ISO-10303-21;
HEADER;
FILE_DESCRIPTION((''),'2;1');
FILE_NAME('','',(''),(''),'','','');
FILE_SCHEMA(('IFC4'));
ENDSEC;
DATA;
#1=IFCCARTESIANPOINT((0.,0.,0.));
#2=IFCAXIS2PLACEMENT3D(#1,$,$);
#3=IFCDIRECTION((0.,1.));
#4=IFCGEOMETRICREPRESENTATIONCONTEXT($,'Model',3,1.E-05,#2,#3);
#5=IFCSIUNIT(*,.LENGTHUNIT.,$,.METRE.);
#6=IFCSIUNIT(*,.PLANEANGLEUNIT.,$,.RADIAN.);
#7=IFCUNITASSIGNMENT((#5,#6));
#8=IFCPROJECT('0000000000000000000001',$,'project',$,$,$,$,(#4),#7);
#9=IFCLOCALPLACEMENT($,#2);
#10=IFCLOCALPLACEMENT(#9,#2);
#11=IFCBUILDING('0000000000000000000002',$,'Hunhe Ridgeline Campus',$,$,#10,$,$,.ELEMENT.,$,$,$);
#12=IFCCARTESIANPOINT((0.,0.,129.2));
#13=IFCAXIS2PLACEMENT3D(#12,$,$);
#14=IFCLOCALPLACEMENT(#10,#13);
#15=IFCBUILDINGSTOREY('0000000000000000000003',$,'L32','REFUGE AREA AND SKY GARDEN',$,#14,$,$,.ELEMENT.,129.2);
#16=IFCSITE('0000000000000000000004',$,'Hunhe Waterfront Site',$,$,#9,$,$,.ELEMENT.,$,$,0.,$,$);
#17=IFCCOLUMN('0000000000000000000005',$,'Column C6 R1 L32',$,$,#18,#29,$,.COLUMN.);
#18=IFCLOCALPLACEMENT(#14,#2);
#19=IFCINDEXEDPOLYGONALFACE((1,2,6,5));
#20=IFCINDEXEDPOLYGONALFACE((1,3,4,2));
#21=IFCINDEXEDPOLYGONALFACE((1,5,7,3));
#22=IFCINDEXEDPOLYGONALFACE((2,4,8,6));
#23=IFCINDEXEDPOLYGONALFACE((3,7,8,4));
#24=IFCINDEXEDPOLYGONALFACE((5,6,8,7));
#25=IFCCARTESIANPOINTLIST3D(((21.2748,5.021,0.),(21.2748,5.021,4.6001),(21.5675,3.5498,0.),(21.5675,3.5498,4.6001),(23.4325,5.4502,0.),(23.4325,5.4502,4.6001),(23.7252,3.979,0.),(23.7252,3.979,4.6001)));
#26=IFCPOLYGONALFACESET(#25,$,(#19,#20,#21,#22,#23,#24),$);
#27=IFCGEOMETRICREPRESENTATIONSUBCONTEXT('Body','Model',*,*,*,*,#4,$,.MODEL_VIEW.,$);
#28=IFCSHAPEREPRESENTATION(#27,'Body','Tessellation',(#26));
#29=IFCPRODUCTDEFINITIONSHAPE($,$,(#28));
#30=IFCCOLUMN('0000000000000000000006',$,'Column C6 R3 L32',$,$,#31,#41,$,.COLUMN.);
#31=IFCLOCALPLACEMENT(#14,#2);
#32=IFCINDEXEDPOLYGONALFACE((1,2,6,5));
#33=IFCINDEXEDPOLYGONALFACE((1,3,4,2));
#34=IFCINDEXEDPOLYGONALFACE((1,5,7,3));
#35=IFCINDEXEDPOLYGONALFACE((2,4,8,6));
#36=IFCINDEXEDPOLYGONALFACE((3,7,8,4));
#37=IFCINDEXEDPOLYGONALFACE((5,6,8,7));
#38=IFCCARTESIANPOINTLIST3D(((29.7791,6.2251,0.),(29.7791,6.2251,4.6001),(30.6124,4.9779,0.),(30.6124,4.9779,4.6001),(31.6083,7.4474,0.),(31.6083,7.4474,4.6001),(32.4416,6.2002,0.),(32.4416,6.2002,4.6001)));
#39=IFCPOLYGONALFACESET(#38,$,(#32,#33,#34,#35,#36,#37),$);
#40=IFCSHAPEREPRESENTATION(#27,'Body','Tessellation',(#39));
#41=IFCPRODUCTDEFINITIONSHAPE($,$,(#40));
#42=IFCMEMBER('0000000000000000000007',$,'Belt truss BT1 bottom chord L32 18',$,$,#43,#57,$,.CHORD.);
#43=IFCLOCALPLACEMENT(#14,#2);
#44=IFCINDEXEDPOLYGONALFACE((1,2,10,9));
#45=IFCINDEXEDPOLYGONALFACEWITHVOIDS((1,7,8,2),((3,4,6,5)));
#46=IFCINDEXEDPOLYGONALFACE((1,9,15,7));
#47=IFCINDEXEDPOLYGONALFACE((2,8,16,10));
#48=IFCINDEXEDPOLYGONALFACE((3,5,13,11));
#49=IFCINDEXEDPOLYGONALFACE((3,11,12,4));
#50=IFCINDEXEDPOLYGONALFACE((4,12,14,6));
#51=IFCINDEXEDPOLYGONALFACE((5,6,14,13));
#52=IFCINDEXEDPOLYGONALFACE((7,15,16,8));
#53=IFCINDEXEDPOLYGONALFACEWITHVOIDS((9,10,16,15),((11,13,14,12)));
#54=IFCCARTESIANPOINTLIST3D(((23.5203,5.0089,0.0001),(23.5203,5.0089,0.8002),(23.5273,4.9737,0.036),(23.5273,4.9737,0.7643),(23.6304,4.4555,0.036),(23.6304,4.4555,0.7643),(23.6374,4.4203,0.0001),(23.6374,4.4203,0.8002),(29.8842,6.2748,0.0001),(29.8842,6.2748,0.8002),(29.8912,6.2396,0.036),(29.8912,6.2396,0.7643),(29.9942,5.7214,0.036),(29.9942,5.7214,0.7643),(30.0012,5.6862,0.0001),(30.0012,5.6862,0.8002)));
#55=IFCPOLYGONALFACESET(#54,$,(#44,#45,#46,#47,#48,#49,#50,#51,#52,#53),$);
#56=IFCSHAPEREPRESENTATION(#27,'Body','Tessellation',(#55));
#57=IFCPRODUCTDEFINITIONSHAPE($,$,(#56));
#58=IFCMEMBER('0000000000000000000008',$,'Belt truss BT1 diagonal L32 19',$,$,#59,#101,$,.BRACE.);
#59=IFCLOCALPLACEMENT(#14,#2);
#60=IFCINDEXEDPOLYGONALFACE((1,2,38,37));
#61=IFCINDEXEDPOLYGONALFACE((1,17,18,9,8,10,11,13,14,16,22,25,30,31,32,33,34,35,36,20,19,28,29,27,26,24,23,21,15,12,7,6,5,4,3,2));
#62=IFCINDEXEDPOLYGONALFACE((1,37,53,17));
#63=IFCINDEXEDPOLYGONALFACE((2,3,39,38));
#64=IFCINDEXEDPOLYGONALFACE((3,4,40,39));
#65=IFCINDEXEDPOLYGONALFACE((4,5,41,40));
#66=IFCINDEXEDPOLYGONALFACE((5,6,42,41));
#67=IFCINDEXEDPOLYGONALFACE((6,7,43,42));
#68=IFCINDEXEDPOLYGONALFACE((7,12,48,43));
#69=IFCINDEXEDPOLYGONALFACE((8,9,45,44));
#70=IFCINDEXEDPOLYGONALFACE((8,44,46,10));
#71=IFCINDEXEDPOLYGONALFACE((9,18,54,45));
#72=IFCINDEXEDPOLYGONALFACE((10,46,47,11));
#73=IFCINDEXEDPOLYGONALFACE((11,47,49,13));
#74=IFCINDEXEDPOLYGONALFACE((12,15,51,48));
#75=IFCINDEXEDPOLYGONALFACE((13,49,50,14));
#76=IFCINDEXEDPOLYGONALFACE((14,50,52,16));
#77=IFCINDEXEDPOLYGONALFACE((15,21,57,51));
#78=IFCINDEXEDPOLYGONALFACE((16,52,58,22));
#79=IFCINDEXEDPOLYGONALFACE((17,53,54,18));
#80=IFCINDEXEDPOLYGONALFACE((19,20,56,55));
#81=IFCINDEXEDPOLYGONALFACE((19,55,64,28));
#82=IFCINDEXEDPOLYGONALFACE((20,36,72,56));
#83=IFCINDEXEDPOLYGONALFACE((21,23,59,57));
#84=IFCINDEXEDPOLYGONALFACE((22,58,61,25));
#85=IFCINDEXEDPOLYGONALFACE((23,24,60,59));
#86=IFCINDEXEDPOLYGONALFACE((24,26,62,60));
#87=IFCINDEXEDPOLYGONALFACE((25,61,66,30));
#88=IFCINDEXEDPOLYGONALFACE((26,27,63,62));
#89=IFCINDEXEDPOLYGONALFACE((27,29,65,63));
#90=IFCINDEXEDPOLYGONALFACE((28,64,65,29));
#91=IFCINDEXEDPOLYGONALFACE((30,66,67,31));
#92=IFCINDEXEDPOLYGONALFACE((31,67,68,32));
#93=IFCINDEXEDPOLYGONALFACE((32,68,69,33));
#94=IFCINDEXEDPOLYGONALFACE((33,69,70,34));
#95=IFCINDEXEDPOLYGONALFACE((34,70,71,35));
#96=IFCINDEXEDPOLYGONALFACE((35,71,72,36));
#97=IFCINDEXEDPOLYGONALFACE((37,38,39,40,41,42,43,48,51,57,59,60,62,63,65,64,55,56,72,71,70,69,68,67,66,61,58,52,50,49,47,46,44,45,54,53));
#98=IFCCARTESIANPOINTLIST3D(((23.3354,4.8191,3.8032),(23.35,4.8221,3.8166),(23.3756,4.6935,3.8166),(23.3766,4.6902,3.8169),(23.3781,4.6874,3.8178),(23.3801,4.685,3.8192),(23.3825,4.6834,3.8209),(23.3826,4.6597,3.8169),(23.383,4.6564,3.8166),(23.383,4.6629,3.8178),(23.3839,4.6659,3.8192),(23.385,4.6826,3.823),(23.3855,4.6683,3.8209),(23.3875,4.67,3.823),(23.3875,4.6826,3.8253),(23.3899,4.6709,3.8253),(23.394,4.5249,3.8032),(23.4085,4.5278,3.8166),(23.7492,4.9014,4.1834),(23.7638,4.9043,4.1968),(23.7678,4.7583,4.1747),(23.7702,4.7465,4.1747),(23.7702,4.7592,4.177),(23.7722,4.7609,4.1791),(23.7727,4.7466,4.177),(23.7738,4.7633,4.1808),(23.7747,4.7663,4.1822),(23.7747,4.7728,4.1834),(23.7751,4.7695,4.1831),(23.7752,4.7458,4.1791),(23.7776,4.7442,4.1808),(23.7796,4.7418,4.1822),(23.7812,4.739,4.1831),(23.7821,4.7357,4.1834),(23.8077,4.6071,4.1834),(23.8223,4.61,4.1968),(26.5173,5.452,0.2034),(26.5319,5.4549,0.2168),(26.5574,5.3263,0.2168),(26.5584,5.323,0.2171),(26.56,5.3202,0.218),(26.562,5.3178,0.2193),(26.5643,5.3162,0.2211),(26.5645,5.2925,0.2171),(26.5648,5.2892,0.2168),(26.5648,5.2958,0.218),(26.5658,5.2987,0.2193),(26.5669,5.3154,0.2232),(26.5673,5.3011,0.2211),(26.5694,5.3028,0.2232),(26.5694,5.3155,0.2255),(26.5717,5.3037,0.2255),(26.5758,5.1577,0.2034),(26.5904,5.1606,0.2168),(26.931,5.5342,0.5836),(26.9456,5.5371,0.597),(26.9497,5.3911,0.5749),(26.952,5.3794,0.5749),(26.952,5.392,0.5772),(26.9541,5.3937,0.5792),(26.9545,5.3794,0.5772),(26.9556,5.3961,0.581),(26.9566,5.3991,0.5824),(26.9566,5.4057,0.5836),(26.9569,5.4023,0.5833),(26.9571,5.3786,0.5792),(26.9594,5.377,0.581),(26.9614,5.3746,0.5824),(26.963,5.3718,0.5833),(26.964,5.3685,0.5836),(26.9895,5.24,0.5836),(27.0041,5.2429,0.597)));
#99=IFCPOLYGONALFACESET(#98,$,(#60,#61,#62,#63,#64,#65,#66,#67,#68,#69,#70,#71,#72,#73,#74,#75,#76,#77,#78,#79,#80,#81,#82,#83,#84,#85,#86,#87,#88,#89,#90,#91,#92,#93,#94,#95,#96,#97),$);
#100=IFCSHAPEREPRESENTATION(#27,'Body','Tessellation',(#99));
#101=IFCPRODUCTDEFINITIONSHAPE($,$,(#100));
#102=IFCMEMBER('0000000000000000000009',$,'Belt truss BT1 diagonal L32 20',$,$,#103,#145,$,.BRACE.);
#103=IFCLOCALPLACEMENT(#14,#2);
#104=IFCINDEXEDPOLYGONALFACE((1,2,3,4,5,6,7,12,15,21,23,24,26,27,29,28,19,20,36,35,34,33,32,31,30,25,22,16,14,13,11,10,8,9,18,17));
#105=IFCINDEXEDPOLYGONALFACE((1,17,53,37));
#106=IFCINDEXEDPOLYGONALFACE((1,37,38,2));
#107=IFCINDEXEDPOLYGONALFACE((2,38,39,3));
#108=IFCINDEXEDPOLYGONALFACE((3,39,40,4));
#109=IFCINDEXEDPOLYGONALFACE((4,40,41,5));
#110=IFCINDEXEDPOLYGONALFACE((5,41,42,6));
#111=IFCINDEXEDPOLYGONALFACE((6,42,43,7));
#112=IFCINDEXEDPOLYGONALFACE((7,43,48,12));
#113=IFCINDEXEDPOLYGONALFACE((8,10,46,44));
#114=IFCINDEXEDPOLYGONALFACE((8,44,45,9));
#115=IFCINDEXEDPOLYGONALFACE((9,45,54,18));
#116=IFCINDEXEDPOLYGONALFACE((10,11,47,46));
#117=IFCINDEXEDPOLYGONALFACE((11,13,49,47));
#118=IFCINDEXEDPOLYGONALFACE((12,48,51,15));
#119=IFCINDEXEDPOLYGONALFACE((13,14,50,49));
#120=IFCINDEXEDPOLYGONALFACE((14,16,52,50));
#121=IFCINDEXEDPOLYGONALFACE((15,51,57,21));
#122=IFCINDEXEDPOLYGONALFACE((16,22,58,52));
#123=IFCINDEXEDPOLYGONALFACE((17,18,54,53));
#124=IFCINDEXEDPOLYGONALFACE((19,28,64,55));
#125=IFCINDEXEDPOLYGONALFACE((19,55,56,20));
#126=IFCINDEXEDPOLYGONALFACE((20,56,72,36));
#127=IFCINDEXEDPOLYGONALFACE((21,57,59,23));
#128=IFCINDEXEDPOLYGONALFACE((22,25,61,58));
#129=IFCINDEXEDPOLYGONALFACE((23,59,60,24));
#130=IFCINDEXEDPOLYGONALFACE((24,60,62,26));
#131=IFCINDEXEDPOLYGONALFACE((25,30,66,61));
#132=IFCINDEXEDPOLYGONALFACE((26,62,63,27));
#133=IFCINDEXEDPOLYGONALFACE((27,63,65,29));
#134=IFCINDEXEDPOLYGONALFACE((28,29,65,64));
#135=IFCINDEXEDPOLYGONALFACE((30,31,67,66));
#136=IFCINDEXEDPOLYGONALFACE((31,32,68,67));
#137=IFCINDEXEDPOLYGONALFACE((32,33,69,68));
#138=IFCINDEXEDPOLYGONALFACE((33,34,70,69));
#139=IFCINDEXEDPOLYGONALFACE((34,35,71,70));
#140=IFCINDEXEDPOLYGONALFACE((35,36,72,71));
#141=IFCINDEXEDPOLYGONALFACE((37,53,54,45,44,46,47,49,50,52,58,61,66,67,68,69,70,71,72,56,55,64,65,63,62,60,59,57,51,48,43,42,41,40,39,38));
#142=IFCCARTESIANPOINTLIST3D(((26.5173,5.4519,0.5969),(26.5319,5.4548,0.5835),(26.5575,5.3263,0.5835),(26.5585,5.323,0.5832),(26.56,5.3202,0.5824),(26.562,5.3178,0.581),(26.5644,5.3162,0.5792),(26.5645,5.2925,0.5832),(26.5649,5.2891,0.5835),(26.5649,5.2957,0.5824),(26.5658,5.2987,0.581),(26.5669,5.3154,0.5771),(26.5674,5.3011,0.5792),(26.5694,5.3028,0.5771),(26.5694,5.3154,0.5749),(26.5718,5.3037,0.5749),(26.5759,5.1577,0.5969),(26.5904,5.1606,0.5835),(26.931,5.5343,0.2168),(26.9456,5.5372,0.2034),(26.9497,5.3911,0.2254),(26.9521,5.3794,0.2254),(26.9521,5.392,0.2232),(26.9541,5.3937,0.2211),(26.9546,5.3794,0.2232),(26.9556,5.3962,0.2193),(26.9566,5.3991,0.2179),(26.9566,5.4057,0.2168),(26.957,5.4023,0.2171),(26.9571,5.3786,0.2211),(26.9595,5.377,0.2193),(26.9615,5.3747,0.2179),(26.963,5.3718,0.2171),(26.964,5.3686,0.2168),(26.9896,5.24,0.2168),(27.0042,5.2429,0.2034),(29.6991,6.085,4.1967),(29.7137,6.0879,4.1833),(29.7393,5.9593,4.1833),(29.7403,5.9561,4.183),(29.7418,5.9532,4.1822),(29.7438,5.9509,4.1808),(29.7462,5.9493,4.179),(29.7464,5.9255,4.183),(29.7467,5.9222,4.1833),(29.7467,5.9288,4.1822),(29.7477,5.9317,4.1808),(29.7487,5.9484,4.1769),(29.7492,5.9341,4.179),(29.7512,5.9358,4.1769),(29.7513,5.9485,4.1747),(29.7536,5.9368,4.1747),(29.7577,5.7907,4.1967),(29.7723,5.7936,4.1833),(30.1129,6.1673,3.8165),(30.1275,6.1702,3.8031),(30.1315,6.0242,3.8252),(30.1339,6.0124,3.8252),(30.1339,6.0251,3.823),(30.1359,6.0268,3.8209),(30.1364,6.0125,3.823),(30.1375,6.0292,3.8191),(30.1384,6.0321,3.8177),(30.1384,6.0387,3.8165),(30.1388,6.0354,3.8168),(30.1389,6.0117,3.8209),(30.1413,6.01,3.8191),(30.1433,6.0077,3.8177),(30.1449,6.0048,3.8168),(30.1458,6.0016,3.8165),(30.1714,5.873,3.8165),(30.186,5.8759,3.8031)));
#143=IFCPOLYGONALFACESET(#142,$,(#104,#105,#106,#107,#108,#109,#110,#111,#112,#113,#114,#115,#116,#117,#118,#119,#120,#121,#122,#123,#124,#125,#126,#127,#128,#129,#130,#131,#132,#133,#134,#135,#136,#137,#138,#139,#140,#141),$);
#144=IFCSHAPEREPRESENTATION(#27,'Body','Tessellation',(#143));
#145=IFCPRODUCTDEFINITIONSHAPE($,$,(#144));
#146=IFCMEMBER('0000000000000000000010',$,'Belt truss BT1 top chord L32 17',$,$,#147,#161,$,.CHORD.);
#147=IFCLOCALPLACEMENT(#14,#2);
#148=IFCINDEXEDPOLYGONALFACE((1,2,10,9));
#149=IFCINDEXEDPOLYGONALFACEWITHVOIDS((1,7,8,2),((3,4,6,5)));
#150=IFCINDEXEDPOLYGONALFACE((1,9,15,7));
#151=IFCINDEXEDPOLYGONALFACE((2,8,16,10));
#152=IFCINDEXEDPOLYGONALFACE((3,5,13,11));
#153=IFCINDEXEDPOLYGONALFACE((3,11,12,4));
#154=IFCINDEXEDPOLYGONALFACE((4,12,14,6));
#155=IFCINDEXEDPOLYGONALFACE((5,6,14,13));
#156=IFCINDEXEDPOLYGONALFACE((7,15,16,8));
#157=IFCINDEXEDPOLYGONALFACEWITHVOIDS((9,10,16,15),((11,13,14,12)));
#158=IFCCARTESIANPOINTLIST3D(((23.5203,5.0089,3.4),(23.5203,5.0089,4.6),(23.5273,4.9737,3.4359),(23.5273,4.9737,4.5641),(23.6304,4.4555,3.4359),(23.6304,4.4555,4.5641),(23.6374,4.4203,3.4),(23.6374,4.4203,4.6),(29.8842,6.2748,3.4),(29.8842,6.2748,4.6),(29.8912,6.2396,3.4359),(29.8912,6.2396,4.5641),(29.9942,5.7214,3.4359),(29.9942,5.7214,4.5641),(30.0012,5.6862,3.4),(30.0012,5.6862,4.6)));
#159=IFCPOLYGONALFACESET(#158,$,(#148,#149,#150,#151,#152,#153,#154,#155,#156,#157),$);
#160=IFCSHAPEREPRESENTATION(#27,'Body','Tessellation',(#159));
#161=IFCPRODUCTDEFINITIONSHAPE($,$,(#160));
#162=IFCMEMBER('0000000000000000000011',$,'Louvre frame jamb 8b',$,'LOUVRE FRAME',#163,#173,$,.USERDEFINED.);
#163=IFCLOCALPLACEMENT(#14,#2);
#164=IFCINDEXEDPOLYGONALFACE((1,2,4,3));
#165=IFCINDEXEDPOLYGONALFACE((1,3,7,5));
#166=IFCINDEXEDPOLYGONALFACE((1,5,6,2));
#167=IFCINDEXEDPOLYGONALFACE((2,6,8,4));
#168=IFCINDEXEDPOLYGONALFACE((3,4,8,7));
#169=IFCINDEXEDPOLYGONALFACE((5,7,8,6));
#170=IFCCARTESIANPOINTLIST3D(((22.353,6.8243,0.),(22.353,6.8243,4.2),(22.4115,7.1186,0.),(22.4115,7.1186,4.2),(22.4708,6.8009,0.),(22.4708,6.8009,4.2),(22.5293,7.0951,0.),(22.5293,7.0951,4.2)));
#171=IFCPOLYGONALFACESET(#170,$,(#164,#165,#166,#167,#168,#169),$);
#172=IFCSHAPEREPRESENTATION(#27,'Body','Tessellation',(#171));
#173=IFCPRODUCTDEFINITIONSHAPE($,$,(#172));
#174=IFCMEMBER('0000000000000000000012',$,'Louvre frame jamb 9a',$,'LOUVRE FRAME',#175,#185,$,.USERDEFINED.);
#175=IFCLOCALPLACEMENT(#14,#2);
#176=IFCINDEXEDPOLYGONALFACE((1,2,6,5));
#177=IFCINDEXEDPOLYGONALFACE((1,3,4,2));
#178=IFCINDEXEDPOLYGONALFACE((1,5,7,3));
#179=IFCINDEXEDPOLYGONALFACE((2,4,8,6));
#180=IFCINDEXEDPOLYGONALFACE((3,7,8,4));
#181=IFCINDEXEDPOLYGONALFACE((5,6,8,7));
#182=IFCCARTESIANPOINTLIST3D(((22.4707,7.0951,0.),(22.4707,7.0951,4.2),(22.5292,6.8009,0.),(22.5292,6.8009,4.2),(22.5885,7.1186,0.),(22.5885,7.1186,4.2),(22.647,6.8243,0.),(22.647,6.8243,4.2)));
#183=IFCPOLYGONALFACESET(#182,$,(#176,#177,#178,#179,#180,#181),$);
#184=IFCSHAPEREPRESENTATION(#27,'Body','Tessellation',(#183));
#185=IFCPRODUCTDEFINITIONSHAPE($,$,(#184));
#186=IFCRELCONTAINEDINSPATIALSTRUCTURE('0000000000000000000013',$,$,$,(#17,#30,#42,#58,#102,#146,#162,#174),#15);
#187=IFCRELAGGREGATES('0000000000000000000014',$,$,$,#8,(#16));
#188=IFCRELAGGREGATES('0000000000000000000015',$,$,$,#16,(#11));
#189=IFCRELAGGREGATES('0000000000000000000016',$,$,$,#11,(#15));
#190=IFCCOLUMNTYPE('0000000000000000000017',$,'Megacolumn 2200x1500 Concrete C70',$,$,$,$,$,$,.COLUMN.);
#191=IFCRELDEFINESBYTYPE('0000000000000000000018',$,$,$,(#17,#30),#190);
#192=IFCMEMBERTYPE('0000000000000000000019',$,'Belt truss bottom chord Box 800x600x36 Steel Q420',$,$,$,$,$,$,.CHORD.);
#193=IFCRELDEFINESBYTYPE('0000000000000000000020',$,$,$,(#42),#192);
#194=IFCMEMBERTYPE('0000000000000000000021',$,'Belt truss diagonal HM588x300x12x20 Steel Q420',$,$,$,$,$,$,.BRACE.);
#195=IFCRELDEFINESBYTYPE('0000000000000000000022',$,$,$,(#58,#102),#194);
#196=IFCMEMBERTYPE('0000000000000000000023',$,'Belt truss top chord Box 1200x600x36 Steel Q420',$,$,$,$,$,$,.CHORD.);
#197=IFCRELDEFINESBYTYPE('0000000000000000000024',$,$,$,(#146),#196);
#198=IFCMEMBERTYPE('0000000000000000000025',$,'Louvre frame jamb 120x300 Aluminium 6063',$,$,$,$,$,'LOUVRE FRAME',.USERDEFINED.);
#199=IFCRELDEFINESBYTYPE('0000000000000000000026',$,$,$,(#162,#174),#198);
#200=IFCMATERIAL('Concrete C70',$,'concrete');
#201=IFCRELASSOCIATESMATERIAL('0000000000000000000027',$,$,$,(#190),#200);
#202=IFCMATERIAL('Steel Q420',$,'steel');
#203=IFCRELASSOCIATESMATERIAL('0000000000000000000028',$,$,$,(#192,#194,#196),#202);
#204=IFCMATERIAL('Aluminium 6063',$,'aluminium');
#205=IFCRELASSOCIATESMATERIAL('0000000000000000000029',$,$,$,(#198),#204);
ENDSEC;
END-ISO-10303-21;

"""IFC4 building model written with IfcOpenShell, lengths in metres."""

from ifc_helpers import new_model, si_unit, direction, frame, origin, origin_2d, place, context, subcontext, project, spatial, rectangle, hollow_rectangle, i_section, extrude, material, material_profile, profile_set, type_object, element, save


model = new_model("IFC4")

# Units and contexts
model_context = context("Model", 3, precision=1e-05, world=origin(), true_north=direction((0.0, 1.0)))
body_context = subcontext(model_context, "Body", "Model", "MODEL_VIEW")
ifc_project = project(units=[si_unit("LENGTHUNIT", "METRE"), si_unit("PLANEANGLEUNIT", "RADIAN")], contexts=[model_context])

# Site, building, storey
site_placement = place(None, origin())
site = spatial("IfcSite", under=ifc_project, at=site_placement, Name="Hunhe Waterfront Site", CompositionType="ELEMENT", RefElevation=0.0)
building_placement = place(site_placement, origin())
building = spatial("IfcBuilding", under=site, at=building_placement, Name="Hunhe Ridgeline Campus", CompositionType="ELEMENT")
storey_placement = place(building_placement, frame((0.0, 0.0, 129.2)))
storey = spatial("IfcBuildingStorey", under=building, at=storey_placement, Name="L32", Description="REFUGE AREA AND SKY GARDEN", CompositionType="ELEMENT", Elevation=129.2)

# Columns
ifc_material_1 = material(Name="Concrete C70", Category="concrete")
ifc_material_profile_1 = material_profile(ifc_material_1, rectangle(XDim=2.2, YDim=1.5, at=origin_2d()))
ifc_profile_set_1 = profile_set([ifc_material_profile_1], Name="Concrete C70")
column_type = type_object("IfcColumnType", Name="Megacolumn 2200x1500 Concrete C70", PredefinedType="COLUMN", material=ifc_profile_set_1)
for number, where, z_axis, x_axis, name in (
    (1, (22.5, 4.5, 0.0), (0.0, 0.0, 1.0), (0.980785, 0.19509, 0.0), "Column C6 R1 L32"),
    (2, (31.1104, 6.2126, 0.0), (0.0, 0.0, 1.0), (0.83147, 0.55557, 0.0), "Column C6 R3 L32"),
):
    element("IfcColumn", number, at=place(storey_placement, frame(where, z_axis=z_axis, x_axis=x_axis)), inside=storey, type_object=column_type, Name=name, PredefinedType="COLUMN", context=body_context, shape_type="SweptSolid", body=[
        extrude(rectangle(XDim=2.2, YDim=1.5, at=origin_2d()), origin(), (0.0, 0.0, 1.0), 4.6001),
    ])

# Members
ifc_material_2 = material(Name="Steel Q420", Category="steel")
ifc_material_profile_2 = material_profile(ifc_material_2, hollow_rectangle(XDim=0.6001, YDim=0.8, WallThickness=0.0359, at=origin_2d()))
ifc_profile_set_2 = profile_set([ifc_material_profile_2], Name="Steel Q420")
member_type_1 = type_object("IfcMemberType", Name="Belt truss bottom chord Box 800x600x36 Steel Q420", PredefinedType="CHORD", material=ifc_profile_set_2)
member_1_placement = place(storey_placement, frame((23.5789, 4.7146, 0.4001), z_axis=(0.980784, 0.195096, 0.0), x_axis=(-0.195096, 0.980784, 0.0)))
element("IfcMember", 3, at=member_1_placement, inside=storey, type_object=member_type_1, Name="Belt truss BT1 bottom chord L32 18", PredefinedType="CHORD", context=body_context, shape_type="SweptSolid", body=[
    extrude(hollow_rectangle(XDim=0.6001, YDim=0.8, WallThickness=0.0359, at=origin_2d()), origin(), (0.0, 0.0, 1.0), 6.4885),
])
ifc_material_profile_3 = material_profile(ifc_material_2, i_section(OverallWidth=0.3, OverallDepth=0.5879, WebThickness=0.012, FlangeThickness=0.02, FilletRadius=0.0129, at=origin_2d()))
ifc_profile_set_3 = profile_set([ifc_material_profile_3], Name="Steel Q420")
member_type_2 = type_object("IfcMemberType", Name="Belt truss diagonal HM588x300x12x20 Steel Q420", PredefinedType="BRACE", material=ifc_profile_set_3)
for number, where, z_axis, x_axis, name in (
    (4, (23.5789, 4.7146, 4.0), (0.656599, 0.130584, -0.742849), (-0.19506, 0.980791, 0.0), "Belt truss BT1 diagonal L32 19"),
    (5, (26.7607, 5.3474, 0.4001), (0.656595, 0.130634, 0.742844), (-0.195132, 0.980777, 0.0), "Belt truss BT1 diagonal L32 20"),
):
    element("IfcMember", number, at=place(storey_placement, frame(where, z_axis=z_axis, x_axis=x_axis)), inside=storey, type_object=member_type_2, Name=name, PredefinedType="BRACE", context=body_context, shape_type="SweptSolid", body=[
        extrude(i_section(OverallWidth=0.3, OverallDepth=0.5879, WebThickness=0.012, FlangeThickness=0.02, FilletRadius=0.0129, at=origin_2d()), origin(), (0.0, 0.0, 1.0), 4.8459),
    ])
ifc_material_profile_4 = material_profile(ifc_material_2, hollow_rectangle(XDim=0.6001, YDim=1.2, WallThickness=0.0359, at=origin_2d()))
ifc_profile_set_4 = profile_set([ifc_material_profile_4], Name="Steel Q420")
member_type_3 = type_object("IfcMemberType", Name="Belt truss top chord Box 1200x600x36 Steel Q420", PredefinedType="CHORD", material=ifc_profile_set_4)
member_2_placement = place(storey_placement, frame((23.5789, 4.7146, 4.0), z_axis=(0.980784, 0.195096, 0.0), x_axis=(-0.195096, 0.980784, 0.0)))
element("IfcMember", 6, at=member_2_placement, inside=storey, type_object=member_type_3, Name="Belt truss BT1 top chord L32 17", PredefinedType="CHORD", context=body_context, shape_type="SweptSolid", body=[
    extrude(hollow_rectangle(XDim=0.6001, YDim=1.2, WallThickness=0.0359, at=origin_2d()), origin(), (0.0, 0.0, 1.0), 6.4885),
])
ifc_material_3 = material(Name="Aluminium 6063", Category="aluminium")
ifc_material_profile_5 = material_profile(ifc_material_3, rectangle(XDim=0.3, YDim=0.1201, at=origin_2d()))
ifc_profile_set_5 = profile_set([ifc_material_profile_5], Name="Aluminium 6063")
member_type_4 = type_object("IfcMemberType", Name="Louvre frame jamb 120x300 Aluminium 6063", ElementType="LOUVRE FRAME", PredefinedType="USERDEFINED", material=ifc_profile_set_5)
for number, where, z_axis, x_axis, name in (
    (7, (22.4412, 6.9597, 0.0), (0.0, 0.0, 1.0), (0.19509, 0.980785, 0.0), "Louvre frame jamb 8b"),
    (8, (22.5588, 6.9597, 0.0), (0.0, 0.0, 1.0), (-0.19509, 0.980785, 0.0), "Louvre frame jamb 9a"),
):
    element("IfcMember", number, at=place(storey_placement, frame(where, z_axis=z_axis, x_axis=x_axis)), inside=storey, type_object=member_type_4, Name=name, ObjectType="LOUVRE FRAME", PredefinedType="USERDEFINED", context=body_context, shape_type="SweptSolid", body=[
        extrude(rectangle(XDim=0.3, YDim=0.1201, at=origin_2d()), origin(), (0.0, 0.0, 1.0), 4.2),
    ])

save(model, "model.ifc")
